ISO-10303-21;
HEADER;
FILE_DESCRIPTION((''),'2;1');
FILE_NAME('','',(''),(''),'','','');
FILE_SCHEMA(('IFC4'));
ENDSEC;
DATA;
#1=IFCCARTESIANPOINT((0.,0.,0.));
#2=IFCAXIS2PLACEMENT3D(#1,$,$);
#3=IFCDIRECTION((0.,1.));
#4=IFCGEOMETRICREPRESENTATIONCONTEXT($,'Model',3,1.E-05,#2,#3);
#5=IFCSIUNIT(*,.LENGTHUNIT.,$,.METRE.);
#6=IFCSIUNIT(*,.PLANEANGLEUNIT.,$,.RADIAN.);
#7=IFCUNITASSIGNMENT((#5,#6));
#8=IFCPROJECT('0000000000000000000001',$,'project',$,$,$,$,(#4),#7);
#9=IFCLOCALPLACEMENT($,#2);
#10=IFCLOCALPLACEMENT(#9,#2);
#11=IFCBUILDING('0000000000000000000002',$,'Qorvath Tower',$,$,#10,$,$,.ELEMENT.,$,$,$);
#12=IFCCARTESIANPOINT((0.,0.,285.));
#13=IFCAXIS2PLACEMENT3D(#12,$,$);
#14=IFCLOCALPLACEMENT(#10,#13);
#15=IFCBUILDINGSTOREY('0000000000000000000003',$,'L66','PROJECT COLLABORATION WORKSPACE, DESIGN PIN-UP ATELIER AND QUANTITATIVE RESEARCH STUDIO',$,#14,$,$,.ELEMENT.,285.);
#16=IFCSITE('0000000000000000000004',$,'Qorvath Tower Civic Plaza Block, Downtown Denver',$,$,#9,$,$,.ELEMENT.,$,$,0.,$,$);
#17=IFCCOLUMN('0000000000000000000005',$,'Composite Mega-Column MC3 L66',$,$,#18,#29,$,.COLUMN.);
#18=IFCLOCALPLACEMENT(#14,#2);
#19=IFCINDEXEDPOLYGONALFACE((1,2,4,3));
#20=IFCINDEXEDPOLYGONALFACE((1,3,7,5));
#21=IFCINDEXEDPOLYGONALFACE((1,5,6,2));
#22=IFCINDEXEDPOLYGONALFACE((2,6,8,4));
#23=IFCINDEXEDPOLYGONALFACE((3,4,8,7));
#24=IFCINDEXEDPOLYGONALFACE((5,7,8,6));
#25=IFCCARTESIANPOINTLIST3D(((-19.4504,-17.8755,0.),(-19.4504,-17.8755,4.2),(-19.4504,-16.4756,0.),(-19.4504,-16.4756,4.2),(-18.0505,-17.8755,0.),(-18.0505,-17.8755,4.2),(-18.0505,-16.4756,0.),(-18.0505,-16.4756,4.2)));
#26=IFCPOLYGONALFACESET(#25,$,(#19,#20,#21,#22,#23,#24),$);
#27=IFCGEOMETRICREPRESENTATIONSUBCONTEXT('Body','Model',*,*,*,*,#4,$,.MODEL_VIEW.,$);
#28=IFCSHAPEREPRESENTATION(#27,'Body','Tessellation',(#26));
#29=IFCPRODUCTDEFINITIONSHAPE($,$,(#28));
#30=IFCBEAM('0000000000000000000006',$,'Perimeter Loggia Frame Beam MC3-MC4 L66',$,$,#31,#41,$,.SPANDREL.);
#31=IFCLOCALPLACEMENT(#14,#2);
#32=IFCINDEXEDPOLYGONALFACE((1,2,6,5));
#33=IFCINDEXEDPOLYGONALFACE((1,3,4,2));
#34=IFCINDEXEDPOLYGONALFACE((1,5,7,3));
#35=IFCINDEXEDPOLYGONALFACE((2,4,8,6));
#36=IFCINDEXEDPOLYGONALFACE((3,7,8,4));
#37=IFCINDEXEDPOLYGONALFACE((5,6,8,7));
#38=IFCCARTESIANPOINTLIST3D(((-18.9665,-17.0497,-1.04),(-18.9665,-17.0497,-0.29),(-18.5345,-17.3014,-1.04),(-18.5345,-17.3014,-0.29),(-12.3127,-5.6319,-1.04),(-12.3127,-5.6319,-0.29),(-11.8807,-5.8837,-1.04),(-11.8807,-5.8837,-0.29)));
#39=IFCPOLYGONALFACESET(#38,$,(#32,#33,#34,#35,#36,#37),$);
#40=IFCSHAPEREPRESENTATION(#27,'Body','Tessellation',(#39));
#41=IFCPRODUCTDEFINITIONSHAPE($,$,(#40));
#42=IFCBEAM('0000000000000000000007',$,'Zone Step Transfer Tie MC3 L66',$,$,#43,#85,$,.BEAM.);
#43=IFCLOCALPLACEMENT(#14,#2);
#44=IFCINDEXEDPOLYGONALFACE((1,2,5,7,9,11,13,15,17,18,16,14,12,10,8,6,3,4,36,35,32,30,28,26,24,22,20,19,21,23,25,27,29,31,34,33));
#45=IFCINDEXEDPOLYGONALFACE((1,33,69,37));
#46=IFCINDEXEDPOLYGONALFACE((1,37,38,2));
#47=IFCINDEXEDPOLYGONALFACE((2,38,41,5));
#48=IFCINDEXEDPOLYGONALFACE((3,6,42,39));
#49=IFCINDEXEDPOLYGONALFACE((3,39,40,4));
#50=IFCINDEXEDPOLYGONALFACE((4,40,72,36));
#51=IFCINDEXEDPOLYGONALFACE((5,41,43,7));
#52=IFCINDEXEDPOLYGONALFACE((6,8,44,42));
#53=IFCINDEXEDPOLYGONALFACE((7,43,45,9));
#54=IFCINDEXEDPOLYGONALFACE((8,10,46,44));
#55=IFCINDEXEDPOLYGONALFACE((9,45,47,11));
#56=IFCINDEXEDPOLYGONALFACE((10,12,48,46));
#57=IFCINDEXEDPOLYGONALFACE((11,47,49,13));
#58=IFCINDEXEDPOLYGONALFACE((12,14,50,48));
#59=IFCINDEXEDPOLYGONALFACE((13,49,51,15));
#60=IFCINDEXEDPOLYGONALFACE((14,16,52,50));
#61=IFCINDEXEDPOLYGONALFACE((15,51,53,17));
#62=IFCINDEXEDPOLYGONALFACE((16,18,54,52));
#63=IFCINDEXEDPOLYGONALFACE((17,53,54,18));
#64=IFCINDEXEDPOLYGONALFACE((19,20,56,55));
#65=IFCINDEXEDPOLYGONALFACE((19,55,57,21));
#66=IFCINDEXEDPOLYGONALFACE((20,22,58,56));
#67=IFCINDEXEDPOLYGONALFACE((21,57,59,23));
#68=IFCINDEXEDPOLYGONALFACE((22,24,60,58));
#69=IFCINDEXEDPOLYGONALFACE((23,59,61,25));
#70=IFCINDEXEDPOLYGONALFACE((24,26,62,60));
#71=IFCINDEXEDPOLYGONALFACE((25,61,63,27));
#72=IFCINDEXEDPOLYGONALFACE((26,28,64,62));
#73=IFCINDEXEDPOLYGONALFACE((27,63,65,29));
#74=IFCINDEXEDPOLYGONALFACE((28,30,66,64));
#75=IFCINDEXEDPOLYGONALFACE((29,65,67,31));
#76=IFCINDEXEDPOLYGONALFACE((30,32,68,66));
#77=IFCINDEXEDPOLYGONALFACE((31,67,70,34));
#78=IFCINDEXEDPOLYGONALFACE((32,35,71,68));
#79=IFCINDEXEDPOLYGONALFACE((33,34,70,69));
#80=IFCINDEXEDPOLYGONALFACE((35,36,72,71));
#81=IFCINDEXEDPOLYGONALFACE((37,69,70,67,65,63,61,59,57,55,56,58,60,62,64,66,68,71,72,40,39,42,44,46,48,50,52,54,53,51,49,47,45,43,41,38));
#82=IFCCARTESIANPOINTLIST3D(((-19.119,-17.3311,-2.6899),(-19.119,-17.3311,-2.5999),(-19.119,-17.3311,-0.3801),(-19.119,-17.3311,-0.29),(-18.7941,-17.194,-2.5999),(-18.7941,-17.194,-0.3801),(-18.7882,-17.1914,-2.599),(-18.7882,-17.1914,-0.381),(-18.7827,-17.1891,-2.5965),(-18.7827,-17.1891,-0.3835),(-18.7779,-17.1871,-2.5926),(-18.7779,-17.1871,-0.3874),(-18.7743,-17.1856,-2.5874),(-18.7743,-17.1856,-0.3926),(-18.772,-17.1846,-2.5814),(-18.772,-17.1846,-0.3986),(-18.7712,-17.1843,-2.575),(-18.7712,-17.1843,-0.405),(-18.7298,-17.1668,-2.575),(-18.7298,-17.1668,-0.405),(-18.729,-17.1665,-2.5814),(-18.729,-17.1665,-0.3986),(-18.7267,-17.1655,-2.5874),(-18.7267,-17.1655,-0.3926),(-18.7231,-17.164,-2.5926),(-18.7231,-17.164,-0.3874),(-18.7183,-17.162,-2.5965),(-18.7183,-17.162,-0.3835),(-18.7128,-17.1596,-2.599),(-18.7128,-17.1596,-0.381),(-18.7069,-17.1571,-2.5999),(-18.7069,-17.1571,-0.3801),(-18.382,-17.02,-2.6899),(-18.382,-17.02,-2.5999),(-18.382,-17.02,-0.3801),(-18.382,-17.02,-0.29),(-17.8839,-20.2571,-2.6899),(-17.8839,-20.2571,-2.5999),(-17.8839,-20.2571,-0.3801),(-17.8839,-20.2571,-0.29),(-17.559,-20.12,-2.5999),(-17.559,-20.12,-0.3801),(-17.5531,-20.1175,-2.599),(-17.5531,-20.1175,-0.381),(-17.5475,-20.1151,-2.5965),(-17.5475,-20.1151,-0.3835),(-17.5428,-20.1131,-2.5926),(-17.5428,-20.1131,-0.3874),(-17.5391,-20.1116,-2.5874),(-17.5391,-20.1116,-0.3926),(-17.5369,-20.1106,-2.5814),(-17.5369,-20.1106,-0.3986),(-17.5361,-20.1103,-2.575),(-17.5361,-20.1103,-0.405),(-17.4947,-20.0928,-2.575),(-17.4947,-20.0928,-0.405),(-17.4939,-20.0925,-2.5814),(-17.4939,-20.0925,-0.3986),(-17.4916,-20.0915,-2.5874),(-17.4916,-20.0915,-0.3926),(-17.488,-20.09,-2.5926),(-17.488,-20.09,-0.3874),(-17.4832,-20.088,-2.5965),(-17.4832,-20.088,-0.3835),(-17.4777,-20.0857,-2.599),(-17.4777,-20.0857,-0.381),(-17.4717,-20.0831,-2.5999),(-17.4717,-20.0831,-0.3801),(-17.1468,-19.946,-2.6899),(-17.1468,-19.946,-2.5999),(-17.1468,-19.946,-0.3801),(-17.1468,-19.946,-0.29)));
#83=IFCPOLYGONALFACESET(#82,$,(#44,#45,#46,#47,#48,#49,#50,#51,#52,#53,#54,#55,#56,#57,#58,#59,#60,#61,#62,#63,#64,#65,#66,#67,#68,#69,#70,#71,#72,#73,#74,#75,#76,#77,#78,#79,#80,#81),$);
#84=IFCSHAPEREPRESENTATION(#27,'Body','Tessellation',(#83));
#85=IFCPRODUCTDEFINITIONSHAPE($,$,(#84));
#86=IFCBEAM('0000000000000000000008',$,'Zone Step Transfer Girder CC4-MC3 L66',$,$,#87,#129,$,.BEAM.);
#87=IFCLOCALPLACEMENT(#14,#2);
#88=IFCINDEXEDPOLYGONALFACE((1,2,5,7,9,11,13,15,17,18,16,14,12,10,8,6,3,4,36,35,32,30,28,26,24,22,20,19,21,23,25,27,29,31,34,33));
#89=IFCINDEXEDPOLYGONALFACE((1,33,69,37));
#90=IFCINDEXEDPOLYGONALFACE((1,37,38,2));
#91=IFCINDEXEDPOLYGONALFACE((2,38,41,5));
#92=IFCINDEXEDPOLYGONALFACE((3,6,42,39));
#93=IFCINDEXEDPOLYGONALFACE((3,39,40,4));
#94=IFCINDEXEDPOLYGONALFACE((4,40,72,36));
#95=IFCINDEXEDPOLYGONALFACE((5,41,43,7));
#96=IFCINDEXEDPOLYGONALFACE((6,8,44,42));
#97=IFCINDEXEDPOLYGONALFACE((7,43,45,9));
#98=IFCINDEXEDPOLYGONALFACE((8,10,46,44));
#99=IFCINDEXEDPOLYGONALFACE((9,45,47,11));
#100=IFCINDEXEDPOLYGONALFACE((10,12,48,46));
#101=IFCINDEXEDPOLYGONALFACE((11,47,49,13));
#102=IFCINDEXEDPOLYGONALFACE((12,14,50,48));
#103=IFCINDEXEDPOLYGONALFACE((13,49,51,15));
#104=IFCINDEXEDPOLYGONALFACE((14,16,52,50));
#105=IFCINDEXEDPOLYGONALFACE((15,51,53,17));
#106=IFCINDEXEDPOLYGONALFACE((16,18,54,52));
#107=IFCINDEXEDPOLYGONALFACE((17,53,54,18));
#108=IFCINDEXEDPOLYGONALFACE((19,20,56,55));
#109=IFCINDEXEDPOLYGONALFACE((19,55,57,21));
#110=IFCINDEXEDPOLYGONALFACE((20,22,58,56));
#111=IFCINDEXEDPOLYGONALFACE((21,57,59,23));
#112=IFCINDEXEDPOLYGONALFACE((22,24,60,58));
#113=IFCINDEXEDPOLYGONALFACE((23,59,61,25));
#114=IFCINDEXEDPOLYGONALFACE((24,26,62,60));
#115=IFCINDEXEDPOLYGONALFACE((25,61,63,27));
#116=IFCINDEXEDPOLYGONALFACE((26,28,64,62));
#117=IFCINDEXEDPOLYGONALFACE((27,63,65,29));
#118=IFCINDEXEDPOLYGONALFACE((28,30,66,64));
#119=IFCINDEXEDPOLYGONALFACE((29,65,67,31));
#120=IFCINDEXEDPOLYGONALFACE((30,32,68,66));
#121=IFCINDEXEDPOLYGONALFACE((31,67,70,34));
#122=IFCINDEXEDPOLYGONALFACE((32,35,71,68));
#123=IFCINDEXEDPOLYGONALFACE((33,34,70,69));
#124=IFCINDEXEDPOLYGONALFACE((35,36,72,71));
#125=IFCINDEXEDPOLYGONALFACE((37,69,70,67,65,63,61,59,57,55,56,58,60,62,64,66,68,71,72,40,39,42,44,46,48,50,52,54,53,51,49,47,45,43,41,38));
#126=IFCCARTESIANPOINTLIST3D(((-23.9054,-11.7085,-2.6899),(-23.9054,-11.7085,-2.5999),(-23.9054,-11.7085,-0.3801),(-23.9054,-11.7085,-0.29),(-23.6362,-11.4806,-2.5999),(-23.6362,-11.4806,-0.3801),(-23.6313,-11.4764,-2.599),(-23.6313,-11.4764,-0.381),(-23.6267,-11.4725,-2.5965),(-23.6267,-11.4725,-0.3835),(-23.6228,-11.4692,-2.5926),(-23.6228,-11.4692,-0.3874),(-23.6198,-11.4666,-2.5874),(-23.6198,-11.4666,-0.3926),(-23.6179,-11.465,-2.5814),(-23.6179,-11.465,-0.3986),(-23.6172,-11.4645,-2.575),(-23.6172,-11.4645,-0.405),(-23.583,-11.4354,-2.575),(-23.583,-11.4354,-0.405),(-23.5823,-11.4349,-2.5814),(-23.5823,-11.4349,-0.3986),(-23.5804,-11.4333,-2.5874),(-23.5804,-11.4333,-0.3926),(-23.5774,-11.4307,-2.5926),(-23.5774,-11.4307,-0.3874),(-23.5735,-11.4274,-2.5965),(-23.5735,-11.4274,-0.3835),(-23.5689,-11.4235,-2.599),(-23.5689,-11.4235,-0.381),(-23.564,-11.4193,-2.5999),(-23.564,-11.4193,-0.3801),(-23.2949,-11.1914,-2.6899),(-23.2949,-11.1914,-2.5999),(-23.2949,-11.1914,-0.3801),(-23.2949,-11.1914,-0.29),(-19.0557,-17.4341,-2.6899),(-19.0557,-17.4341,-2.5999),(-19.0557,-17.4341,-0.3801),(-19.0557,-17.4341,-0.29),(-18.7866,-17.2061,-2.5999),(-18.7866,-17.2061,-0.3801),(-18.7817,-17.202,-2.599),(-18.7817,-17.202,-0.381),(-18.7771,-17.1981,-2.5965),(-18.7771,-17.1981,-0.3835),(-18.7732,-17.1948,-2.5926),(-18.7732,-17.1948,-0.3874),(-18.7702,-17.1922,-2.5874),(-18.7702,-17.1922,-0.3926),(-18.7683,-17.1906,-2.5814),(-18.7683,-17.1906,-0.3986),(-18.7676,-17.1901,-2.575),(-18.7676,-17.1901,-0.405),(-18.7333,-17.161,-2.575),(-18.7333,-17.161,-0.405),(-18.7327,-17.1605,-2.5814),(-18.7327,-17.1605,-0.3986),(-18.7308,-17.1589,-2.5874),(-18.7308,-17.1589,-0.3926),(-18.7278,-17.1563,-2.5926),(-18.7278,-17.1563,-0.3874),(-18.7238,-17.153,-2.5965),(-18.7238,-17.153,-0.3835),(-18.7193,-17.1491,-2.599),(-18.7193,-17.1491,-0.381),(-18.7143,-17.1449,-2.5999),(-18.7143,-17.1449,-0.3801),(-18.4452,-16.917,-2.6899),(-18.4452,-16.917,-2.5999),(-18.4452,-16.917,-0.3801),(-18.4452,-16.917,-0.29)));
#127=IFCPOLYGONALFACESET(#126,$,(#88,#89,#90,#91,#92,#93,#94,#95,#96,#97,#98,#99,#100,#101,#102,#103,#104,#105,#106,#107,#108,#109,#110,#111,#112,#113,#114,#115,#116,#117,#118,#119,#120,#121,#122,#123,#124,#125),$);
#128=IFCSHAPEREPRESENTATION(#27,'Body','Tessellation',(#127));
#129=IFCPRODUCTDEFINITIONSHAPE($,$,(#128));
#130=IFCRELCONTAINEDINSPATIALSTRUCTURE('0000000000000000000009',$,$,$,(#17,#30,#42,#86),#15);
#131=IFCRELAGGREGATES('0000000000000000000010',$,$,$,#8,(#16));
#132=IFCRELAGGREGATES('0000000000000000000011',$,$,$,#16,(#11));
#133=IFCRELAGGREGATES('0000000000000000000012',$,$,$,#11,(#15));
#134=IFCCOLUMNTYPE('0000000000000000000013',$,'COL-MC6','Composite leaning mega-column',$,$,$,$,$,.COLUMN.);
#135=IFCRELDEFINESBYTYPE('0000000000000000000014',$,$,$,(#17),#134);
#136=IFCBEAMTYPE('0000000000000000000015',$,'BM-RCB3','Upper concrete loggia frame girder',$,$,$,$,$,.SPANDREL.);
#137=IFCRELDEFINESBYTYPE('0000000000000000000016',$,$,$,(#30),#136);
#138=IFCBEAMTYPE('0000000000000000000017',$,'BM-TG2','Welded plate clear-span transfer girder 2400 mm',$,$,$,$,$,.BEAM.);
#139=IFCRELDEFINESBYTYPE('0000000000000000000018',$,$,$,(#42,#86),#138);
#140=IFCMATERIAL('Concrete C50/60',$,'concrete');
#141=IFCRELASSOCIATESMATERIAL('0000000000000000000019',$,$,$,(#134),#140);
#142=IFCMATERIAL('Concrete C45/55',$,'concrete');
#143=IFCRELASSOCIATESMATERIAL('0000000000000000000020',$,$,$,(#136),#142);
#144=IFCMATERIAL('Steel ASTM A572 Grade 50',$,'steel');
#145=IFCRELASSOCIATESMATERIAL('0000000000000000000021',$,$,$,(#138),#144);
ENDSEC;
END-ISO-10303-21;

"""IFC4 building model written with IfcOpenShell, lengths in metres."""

from ifc_helpers import new_model, si_unit, direction, frame, origin, origin_2d, place, context, subcontext, project, spatial, rectangle, i_section, extrude, material, material_profile, profile_set, type_object, element, save


model = new_model("IFC4")

# Units and contexts
model_context = context("Model", 3, precision=1e-05, world=origin(), true_north=direction((0.0, 1.0)))
body_context = subcontext(model_context, "Body", "Model", "MODEL_VIEW")
ifc_project = project(units=[si_unit("LENGTHUNIT", "METRE"), si_unit("PLANEANGLEUNIT", "RADIAN")], contexts=[model_context])

# Site, building, storey
site_placement = place(None, origin())
site = spatial("IfcSite", under=ifc_project, at=site_placement, Name="Qorvath Tower Civic Plaza Block, Downtown Denver", CompositionType="ELEMENT", RefElevation=0.0)
building_placement = place(site_placement, origin())
building = spatial("IfcBuilding", under=site, at=building_placement, Name="Qorvath Tower", CompositionType="ELEMENT")
storey_placement = place(building_placement, frame((0.0, 0.0, 285.0)))
storey = spatial("IfcBuildingStorey", under=building, at=storey_placement, Name="L66", Description="PROJECT COLLABORATION WORKSPACE, DESIGN PIN-UP ATELIER AND QUANTITATIVE RESEARCH STUDIO", CompositionType="ELEMENT", Elevation=285.0)

# Column
ifc_material_1 = material(Name="Concrete C50/60", Category="concrete")
ifc_material_profile_1 = material_profile(ifc_material_1, rectangle(XDim=1.3999, YDim=1.3999, at=origin_2d()), Name="MC 1400x1400")
ifc_profile_set_1 = profile_set([ifc_material_profile_1], Name="Concrete C50/60")
column_type = type_object("IfcColumnType", Name="COL-MC6", Description="Composite leaning mega-column", PredefinedType="COLUMN", material=ifc_profile_set_1)
column_placement = place(storey_placement, frame((-18.7505, -17.1755, 0.0), z_axis=(0.0, 0.0, 1.0), x_axis=(1.0, 0.0, 0.0)))
element("IfcColumn", 1, at=column_placement, inside=storey, type_object=column_type, Name="Composite Mega-Column MC3 L66", PredefinedType="COLUMN", context=body_context, shape_type="SweptSolid", body=[
    extrude(rectangle(XDim=1.3999, YDim=1.3999, at=origin_2d()), origin(), (0.0, 0.0, 1.0), 4.2),
])

# Beams
ifc_material_2 = material(Name="Concrete C45/55", Category="concrete")
ifc_material_profile_2 = material_profile(ifc_material_2, rectangle(XDim=0.5, YDim=0.75, at=origin_2d()), Name="RCB 750x500")
ifc_profile_set_2 = profile_set([ifc_material_profile_2], Name="Concrete C45/55")
beam_type_1 = type_object("IfcBeamType", Name="BM-RCB3", Description="Upper concrete loggia frame girder", PredefinedType="SPANDREL", material=ifc_profile_set_2)
beam_1_placement = place(storey_placement, frame((-18.7505, -17.1755, -0.665), z_axis=(0.503502, 0.863994, 0.0), x_axis=(-0.863994, 0.503502, 0.0)))
element("IfcBeam", 2, at=beam_1_placement, inside=storey, type_object=beam_type_1, Name="Perimeter Loggia Frame Beam MC3-MC4 L66", PredefinedType="SPANDREL", context=body_context, shape_type="SweptSolid", body=[
    extrude(rectangle(XDim=0.5, YDim=0.75, at=origin_2d()), origin(), (0.0, 0.0, 1.0), 13.2151),
])
ifc_material_3 = material(Name="Steel ASTM A572 Grade 50", Category="steel")
ifc_material_profile_3 = material_profile(ifc_material_3, i_section(OverallWidth=0.8, OverallDepth=2.3999, WebThickness=0.0449, FlangeThickness=0.0901, FilletRadius=0.0249, at=origin_2d()), Name="WTG 2400x800")
ifc_profile_set_3 = profile_set([ifc_material_profile_3], Name="Steel ASTM A572 Grade 50")
beam_type_2 = type_object("IfcBeamType", Name="BM-TG2", Description="Welded plate clear-span transfer girder 2400 mm", PredefinedType="BEAM", material=ifc_profile_set_3)
beam_2_placement = place(storey_placement, frame((-17.5154, -20.1016, -1.49), z_axis=(-0.388885, 0.921286, 0.0), x_axis=(-0.921286, -0.388885, 0.0)))
element("IfcBeam", 3, at=beam_2_placement, inside=storey, type_object=beam_type_2, Name="Zone Step Transfer Tie MC3 L66", PredefinedType="BEAM", context=body_context, shape_type="SweptSolid", body=[
    extrude(i_section(OverallWidth=0.8, OverallDepth=2.3999, WebThickness=0.0449, FlangeThickness=0.0901, FilletRadius=0.0249, at=origin_2d()), origin(), (0.0, 0.0, 1.0), 3.176),
])
beam_3_placement = place(storey_placement, frame((-18.7505, -17.1755, -1.49), z_axis=(-0.646321, 0.763065, 0.0), x_axis=(-0.763065, -0.646321, 0.0)))
element("IfcBeam", 4, at=beam_3_placement, inside=storey, type_object=beam_type_2, Name="Zone Step Transfer Girder CC4-MC3 L66", PredefinedType="BEAM", context=body_context, shape_type="SweptSolid", body=[
    extrude(i_section(OverallWidth=0.8, OverallDepth=2.3999, WebThickness=0.0449, FlangeThickness=0.0901, FilletRadius=0.0249, at=origin_2d()), origin(), (0.0, 0.0, 1.0), 7.5034),
])

save(model, "model.ifc")
